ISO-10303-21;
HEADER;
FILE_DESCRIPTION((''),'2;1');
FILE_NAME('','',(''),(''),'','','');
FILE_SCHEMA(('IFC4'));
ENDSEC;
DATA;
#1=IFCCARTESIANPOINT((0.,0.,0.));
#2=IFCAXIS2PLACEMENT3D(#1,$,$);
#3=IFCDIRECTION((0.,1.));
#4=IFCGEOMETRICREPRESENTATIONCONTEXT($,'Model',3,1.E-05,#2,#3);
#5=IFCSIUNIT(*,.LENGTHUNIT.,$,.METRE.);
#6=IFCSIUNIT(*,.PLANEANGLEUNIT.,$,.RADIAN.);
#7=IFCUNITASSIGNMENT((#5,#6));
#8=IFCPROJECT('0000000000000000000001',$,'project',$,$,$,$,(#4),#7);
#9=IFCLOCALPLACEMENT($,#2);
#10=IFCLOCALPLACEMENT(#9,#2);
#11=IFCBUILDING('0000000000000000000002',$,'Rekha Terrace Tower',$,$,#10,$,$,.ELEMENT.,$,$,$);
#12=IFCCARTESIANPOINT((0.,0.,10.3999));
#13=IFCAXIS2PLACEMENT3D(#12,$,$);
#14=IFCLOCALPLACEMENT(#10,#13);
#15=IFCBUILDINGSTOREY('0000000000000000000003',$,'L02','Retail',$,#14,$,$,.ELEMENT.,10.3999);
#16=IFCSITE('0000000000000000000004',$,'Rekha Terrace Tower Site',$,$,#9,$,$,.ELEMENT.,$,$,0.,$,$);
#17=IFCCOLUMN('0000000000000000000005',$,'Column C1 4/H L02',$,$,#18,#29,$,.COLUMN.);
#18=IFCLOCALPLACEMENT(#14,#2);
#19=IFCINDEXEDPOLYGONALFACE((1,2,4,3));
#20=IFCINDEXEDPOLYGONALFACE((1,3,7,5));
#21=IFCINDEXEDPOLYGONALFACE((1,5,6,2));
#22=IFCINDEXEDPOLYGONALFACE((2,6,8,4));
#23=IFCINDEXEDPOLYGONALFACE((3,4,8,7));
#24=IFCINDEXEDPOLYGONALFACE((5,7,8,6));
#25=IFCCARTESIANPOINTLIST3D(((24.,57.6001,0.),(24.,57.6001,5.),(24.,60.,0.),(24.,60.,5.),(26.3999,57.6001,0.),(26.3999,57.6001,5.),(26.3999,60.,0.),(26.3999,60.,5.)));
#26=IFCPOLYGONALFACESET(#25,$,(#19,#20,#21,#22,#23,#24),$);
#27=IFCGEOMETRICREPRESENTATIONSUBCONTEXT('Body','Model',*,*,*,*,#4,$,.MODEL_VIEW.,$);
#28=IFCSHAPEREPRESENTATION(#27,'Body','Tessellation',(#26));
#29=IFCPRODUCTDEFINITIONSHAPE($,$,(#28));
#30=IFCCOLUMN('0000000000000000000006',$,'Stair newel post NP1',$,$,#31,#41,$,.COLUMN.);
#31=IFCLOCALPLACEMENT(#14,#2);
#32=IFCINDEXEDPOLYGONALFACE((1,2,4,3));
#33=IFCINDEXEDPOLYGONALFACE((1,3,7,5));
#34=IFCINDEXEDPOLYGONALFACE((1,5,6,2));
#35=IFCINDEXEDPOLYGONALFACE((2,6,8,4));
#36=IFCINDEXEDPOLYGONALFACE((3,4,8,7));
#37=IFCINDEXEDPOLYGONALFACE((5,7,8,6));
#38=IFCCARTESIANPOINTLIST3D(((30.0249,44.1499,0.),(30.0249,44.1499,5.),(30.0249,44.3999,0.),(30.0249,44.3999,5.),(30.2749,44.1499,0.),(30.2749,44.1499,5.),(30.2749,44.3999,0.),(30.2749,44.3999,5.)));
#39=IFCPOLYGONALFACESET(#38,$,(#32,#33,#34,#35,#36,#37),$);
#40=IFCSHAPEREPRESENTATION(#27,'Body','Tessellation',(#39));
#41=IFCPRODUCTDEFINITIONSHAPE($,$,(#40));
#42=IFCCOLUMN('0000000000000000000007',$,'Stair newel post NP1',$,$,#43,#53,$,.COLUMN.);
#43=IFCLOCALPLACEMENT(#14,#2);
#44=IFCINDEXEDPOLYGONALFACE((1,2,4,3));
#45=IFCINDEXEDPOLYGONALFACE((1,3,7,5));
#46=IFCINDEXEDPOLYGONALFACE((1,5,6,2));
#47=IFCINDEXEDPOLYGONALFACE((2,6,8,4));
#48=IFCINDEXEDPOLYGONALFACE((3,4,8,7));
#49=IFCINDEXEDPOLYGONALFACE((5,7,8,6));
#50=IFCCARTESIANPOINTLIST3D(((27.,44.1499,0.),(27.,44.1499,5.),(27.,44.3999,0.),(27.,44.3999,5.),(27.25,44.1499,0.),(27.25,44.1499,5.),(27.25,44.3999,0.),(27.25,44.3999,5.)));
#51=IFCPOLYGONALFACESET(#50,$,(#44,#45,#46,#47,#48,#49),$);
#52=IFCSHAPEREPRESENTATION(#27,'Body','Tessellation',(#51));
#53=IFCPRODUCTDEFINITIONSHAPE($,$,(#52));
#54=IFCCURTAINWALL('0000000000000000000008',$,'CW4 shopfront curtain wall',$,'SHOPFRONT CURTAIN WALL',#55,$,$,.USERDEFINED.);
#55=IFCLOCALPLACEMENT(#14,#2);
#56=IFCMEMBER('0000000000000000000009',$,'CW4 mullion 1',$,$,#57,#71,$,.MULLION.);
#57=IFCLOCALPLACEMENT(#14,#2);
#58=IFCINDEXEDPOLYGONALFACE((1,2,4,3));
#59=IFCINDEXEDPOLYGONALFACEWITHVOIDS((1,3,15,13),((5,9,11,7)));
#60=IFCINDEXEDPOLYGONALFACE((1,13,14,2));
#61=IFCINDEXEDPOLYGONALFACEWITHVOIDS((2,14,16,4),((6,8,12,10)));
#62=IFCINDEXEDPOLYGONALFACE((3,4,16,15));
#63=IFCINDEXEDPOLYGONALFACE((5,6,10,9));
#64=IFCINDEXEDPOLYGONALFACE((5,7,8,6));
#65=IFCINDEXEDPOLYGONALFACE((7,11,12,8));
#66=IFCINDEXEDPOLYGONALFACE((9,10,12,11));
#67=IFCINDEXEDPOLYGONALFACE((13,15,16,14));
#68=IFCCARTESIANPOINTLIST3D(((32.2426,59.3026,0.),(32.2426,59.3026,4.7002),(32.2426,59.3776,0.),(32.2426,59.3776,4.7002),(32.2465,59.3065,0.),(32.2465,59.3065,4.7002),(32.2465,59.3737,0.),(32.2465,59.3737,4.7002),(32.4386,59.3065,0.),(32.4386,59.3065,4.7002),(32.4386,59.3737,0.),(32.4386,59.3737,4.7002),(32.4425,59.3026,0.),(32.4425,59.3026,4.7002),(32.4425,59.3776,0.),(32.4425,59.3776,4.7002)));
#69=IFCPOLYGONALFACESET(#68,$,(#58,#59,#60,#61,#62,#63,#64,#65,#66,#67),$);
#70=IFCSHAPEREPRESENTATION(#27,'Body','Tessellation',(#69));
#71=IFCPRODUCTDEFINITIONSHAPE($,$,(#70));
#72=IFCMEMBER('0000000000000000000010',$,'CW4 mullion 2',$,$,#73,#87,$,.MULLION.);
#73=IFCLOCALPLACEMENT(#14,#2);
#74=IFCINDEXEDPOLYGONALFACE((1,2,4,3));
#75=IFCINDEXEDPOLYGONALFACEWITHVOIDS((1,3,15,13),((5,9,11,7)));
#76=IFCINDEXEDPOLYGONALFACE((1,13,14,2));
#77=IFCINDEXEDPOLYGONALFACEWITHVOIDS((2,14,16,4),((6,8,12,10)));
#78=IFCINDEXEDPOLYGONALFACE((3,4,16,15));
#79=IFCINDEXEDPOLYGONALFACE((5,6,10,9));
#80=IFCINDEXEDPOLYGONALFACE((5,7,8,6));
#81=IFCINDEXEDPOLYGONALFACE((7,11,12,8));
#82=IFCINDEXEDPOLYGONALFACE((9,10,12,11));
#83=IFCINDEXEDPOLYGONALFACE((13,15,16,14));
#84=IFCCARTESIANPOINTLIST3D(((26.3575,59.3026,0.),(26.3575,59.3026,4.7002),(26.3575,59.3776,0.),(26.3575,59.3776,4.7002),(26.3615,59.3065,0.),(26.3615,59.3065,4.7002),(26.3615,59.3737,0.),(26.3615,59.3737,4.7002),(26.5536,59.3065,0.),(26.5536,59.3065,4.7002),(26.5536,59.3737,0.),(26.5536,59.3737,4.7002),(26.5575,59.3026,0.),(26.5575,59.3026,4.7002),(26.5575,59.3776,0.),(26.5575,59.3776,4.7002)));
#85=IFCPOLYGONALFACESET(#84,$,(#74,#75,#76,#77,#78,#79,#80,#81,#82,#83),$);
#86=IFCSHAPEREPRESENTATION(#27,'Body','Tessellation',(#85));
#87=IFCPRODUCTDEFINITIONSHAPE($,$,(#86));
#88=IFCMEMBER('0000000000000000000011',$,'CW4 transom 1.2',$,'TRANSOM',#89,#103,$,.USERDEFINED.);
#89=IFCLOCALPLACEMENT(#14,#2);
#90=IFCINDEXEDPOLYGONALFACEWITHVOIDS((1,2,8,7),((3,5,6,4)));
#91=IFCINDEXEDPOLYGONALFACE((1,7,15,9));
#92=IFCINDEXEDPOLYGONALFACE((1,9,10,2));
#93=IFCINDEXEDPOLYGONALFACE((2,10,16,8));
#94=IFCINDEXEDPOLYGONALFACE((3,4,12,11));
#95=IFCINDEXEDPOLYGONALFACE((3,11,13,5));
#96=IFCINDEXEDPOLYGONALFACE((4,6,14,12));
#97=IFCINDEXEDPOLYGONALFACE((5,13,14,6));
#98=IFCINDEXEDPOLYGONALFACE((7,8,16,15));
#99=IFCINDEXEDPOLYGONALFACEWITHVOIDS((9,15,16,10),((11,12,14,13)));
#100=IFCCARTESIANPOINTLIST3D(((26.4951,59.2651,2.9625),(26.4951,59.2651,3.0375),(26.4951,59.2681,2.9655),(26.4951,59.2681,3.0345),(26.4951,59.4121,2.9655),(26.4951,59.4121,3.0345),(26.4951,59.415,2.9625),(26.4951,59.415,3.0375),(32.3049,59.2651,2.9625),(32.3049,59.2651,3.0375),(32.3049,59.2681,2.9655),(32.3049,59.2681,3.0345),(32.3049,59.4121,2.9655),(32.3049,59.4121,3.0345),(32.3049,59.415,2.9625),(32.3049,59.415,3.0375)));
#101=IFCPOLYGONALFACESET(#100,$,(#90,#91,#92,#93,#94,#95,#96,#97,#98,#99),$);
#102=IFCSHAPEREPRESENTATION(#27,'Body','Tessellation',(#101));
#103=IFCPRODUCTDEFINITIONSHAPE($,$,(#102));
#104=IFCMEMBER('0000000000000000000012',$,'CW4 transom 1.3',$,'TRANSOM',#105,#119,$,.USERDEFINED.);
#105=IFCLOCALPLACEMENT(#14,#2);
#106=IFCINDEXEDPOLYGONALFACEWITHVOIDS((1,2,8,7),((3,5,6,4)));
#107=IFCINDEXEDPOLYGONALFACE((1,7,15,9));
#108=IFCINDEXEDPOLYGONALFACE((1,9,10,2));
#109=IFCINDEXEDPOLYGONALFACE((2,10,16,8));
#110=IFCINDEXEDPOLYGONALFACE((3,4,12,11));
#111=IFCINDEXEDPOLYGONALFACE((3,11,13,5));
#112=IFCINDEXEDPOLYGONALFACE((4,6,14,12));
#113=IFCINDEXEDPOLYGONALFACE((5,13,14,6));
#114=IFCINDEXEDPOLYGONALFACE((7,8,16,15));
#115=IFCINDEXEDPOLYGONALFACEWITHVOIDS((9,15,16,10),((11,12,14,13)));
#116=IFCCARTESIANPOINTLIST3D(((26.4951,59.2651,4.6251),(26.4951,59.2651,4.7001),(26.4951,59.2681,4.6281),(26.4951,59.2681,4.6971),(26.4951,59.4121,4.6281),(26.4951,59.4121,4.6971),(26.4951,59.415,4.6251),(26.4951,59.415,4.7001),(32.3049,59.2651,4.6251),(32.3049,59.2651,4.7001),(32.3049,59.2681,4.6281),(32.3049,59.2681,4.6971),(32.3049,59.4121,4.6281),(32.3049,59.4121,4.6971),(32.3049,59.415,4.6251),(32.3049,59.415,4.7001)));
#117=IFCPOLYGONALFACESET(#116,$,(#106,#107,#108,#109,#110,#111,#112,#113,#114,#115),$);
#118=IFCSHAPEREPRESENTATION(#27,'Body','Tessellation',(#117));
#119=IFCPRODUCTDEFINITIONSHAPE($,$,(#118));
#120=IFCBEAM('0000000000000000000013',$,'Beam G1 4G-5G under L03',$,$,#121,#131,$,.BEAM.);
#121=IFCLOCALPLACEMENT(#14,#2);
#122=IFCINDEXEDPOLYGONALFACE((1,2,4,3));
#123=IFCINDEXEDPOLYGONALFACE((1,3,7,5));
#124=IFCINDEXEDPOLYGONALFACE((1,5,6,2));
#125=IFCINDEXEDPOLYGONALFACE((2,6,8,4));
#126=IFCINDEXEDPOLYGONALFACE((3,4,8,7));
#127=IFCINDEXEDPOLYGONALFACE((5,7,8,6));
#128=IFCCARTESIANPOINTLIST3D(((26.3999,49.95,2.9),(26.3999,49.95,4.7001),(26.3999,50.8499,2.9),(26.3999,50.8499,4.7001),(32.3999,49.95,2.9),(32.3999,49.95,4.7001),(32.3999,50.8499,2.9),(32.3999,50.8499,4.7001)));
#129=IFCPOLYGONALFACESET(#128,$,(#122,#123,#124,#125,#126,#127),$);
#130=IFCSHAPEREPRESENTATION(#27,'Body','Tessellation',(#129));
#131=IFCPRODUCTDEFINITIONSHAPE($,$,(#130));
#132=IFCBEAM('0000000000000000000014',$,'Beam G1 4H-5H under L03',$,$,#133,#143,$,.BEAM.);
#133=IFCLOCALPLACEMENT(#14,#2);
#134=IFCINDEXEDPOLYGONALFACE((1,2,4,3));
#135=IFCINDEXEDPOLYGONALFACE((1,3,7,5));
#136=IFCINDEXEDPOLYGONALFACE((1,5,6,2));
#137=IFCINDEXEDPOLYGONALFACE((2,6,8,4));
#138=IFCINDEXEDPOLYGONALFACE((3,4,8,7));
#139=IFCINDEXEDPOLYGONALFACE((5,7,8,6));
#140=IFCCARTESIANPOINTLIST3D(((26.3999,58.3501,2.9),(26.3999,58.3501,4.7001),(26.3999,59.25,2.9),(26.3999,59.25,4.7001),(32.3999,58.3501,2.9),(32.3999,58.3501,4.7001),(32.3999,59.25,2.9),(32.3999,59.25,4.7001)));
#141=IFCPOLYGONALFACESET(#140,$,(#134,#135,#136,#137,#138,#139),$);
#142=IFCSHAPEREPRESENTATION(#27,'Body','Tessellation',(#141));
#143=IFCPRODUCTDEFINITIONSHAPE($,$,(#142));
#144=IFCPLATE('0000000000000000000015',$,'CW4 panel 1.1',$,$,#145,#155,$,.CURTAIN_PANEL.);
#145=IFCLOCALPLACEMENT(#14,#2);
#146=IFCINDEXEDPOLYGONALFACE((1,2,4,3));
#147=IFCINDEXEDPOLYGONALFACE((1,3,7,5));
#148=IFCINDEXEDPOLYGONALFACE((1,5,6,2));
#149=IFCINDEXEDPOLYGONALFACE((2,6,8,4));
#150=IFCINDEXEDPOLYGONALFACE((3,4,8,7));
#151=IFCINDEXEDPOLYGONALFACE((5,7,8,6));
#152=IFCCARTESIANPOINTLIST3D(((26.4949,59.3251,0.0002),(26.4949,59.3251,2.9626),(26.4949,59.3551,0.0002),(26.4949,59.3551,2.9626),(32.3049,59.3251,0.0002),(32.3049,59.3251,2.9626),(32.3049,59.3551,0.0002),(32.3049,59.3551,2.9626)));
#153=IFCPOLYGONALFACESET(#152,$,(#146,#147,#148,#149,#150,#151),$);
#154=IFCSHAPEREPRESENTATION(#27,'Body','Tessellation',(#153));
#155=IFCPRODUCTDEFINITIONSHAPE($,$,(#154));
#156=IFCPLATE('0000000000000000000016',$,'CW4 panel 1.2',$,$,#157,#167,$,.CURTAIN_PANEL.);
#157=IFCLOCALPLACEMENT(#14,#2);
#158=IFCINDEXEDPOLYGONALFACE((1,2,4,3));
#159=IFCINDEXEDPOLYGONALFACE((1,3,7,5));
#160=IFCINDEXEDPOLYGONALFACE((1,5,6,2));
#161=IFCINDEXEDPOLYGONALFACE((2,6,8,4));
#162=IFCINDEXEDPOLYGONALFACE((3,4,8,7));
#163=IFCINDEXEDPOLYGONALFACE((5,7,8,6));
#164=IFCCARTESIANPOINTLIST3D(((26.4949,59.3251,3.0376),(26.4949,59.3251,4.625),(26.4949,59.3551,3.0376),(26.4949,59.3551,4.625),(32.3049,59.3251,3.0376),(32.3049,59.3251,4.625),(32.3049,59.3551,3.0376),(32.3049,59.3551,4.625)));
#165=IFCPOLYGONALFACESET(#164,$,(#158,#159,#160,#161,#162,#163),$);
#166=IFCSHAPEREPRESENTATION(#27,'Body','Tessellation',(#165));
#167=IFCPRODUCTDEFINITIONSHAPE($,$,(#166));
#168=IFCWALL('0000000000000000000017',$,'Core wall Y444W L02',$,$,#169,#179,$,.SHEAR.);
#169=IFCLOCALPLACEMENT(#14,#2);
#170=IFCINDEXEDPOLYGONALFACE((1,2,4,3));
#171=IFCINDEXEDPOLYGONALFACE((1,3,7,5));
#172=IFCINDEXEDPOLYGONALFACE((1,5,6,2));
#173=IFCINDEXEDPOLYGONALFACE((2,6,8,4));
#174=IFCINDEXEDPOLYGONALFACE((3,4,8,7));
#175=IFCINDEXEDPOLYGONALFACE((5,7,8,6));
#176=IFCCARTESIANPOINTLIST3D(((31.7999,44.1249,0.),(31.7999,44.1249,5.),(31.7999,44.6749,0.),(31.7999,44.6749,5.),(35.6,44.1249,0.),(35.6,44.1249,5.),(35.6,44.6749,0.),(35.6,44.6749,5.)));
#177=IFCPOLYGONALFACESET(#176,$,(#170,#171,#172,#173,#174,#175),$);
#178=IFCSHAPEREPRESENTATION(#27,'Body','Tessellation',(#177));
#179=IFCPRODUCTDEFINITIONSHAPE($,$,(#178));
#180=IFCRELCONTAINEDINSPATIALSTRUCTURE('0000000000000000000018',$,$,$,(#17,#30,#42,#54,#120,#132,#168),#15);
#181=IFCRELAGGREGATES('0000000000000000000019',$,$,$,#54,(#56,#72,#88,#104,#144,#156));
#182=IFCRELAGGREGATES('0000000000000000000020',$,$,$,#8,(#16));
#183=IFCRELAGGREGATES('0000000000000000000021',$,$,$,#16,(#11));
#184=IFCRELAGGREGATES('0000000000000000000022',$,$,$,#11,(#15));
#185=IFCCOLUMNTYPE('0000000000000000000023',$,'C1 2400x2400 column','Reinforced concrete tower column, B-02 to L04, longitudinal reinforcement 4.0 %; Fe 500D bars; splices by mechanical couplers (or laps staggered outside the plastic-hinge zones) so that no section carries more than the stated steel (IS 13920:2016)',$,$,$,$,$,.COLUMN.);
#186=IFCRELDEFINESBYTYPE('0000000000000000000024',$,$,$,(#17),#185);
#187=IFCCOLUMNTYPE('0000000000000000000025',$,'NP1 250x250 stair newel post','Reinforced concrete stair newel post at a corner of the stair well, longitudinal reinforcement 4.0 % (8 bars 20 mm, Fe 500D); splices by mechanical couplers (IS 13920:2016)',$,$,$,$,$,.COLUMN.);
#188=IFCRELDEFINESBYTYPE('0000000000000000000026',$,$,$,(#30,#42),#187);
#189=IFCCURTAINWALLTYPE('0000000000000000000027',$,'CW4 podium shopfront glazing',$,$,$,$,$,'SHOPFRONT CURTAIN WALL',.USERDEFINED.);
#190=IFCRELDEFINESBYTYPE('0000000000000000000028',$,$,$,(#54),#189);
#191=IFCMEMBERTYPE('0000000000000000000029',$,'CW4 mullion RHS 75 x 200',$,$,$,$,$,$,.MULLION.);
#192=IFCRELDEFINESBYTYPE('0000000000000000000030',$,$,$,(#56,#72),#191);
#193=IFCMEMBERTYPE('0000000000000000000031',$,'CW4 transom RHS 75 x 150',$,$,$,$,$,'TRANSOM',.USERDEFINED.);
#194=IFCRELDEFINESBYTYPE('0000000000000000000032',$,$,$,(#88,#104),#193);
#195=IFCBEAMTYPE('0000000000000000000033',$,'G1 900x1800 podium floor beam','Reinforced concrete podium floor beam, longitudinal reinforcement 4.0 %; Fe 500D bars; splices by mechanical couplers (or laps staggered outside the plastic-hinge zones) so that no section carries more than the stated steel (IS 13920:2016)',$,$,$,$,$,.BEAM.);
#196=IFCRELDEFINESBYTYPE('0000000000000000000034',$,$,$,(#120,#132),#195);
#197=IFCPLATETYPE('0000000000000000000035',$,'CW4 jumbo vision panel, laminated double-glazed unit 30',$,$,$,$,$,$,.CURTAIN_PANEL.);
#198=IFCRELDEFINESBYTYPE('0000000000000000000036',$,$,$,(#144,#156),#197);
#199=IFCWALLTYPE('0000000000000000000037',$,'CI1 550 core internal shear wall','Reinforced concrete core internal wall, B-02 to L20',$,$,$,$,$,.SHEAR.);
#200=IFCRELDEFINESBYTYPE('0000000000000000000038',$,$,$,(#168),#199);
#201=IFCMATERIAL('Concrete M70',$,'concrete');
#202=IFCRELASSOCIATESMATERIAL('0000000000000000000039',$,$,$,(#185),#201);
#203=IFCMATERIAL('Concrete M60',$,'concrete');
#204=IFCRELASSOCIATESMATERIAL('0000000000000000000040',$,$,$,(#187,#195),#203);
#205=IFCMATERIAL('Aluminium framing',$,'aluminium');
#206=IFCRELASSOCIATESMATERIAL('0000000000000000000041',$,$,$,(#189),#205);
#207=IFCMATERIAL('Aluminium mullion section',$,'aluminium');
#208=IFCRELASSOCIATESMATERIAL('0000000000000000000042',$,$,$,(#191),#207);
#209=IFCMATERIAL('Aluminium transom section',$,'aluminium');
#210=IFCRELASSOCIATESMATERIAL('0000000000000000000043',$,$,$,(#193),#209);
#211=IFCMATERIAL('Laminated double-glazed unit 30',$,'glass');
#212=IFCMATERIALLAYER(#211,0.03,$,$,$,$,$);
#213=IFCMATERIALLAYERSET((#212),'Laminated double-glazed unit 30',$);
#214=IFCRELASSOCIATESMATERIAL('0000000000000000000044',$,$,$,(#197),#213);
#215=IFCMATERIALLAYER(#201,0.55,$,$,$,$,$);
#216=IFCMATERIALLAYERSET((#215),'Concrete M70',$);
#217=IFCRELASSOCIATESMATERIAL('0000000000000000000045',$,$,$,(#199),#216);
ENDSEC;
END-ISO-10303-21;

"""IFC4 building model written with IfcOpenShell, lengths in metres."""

from ifc_helpers import new_model, si_unit, direction, frame, frame_2d, origin, origin_2d, place, context, subcontext, project, spatial, rectangle, hollow_rectangle, extrude, material, layer, layer_set, material_profile, profile_set, type_object, element, aggregate, save


model = new_model("IFC4")

# Units and contexts
model_context = context("Model", 3, precision=1e-05, world=origin(), true_north=direction((0.0, 1.0)))
body_context = subcontext(model_context, "Body", "Model", "MODEL_VIEW")
ifc_project = project(units=[si_unit("LENGTHUNIT", "METRE"), si_unit("PLANEANGLEUNIT", "RADIAN")], contexts=[model_context])

# Site, building, storey
site_placement = place(None, origin())
site = spatial("IfcSite", under=ifc_project, at=site_placement, Name="Rekha Terrace Tower Site", CompositionType="ELEMENT", RefElevation=0.0)
building_placement = place(site_placement, origin())
building = spatial("IfcBuilding", under=site, at=building_placement, Name="Rekha Terrace Tower", CompositionType="ELEMENT")
storey_placement = place(building_placement, frame((0.0, 0.0, 10.3999)))
storey = spatial("IfcBuildingStorey", under=building, at=storey_placement, Name="L02", Description="Retail", CompositionType="ELEMENT", Elevation=10.3999)

# Columns
ifc_material_1 = material(Name="Concrete M70", Category="concrete")
ifc_material_profile_1 = material_profile(ifc_material_1, rectangle(XDim=2.3999, YDim=2.3999, at=origin_2d()), Name="RC 2400x2400")
ifc_profile_set_1 = profile_set([ifc_material_profile_1], Name="Concrete M70")
column_type_1 = type_object("IfcColumnType", Name="C1 2400x2400 column", Description="Reinforced concrete tower column, B-02 to L04, longitudinal reinforcement 4.0 %; Fe 500D bars; splices by mechanical couplers (or laps staggered outside the plastic-hinge zones) so that no section carries more than the stated steel (IS 13920:2016)", PredefinedType="COLUMN", material=ifc_profile_set_1)
column_placement = place(storey_placement, frame((25.2, 58.8, 0.0), z_axis=(0.0, 0.0, 1.0), x_axis=(1.0, 0.0, 0.0)))
element("IfcColumn", 1, at=column_placement, inside=storey, type_object=column_type_1, Name="Column C1 4/H L02", PredefinedType="COLUMN", context=body_context, shape_type="SweptSolid", body=[
    extrude(rectangle(XDim=2.3999, YDim=2.3999, at=origin_2d()), origin(), (0.0, 0.0, 1.0), 5.0),
])
ifc_material_2 = material(Name="Concrete M60", Category="concrete")
ifc_material_profile_2 = material_profile(ifc_material_2, rectangle(XDim=0.25, YDim=0.25, at=origin_2d()), Name="RC 250x250")
ifc_profile_set_2 = profile_set([ifc_material_profile_2], Name="Concrete M60")
column_type_2 = type_object("IfcColumnType", Name="NP1 250x250 stair newel post", Description="Reinforced concrete stair newel post at a corner of the stair well, longitudinal reinforcement 4.0 % (8 bars 20 mm, Fe 500D); splices by mechanical couplers (IS 13920:2016)", PredefinedType="COLUMN", material=ifc_profile_set_2)
for number, where, z_axis, x_axis, name in (
    (2, (30.1499, 44.2749, 0.0), (0.0, 0.0, 1.0), (1.0, 0.0, 0.0), "Stair newel post NP1"),
    (3, (27.125, 44.2749, 0.0), (0.0, 0.0, 1.0), (1.0, 0.0, 0.0), "Stair newel post NP1"),
):
    element("IfcColumn", number, at=place(storey_placement, frame(where, z_axis=z_axis, x_axis=x_axis)), inside=storey, type_object=column_type_2, Name=name, PredefinedType="COLUMN", context=body_context, shape_type="SweptSolid", body=[
        extrude(rectangle(XDim=0.25, YDim=0.25, at=origin_2d()), origin(), (0.0, 0.0, 1.0), 5.0),
    ])

# Curtain wall, members
ifc_material_3 = material(Name="Aluminium framing", Category="aluminium")
curtain_wall_type = type_object("IfcCurtainWallType", Name="CW4 podium shopfront glazing", ElementType="SHOPFRONT CURTAIN WALL", PredefinedType="USERDEFINED", material=ifc_material_3)
curtain_wall_placement = place(storey_placement, origin())
curtain_wall = element("IfcCurtainWall", 4, at=curtain_wall_placement, inside=storey, type_object=curtain_wall_type, Name="CW4 shopfront curtain wall", ObjectType="SHOPFRONT CURTAIN WALL", PredefinedType="USERDEFINED")
ifc_material_4 = material(Name="Aluminium mullion section", Category="aluminium")
ifc_material_profile_3 = material_profile(ifc_material_4, hollow_rectangle(XDim=0.075, YDim=0.2, WallThickness=0.0039, at=origin_2d()), Name="AL RHS 75x200")
ifc_profile_set_3 = profile_set([ifc_material_profile_3], Name="Aluminium mullion section")
member_type_1 = type_object("IfcMemberType", Name="CW4 mullion RHS 75 x 200", PredefinedType="MULLION", material=ifc_profile_set_3)
member_1_placement = place(storey_placement, frame((32.3425, 59.3401, 0.0), z_axis=(0.0, 0.0, 1.0), x_axis=(0.0, -1.0, 0.0)))
member_1 = element("IfcMember", 5, at=member_1_placement, type_object=member_type_1, Name="CW4 mullion 1", PredefinedType="MULLION", context=body_context, shape_type="SweptSolid", body=[
    extrude(hollow_rectangle(XDim=0.075, YDim=0.2, WallThickness=0.0039, at=origin_2d()), origin(), (0.0, 0.0, 1.0), 4.7002),
])
member_2_placement = place(storey_placement, frame((26.4575, 59.3401, 0.0), z_axis=(0.0, 0.0, 1.0), x_axis=(0.0, -1.0, 0.0)))
member_2 = element("IfcMember", 6, at=member_2_placement, type_object=member_type_1, Name="CW4 mullion 2", PredefinedType="MULLION", context=body_context, shape_type="SweptSolid", body=[
    extrude(hollow_rectangle(XDim=0.075, YDim=0.2, WallThickness=0.0039, at=origin_2d()), origin(), (0.0, 0.0, 1.0), 4.7002),
])
ifc_material_5 = material(Name="Aluminium transom section", Category="aluminium")
ifc_material_profile_4 = material_profile(ifc_material_5, hollow_rectangle(XDim=0.1499, YDim=0.075, WallThickness=0.0029, at=origin_2d()), Name="AL RHS 150x75")
ifc_profile_set_4 = profile_set([ifc_material_profile_4], Name="Aluminium transom section")
member_type_2 = type_object("IfcMemberType", Name="CW4 transom RHS 75 x 150", ElementType="TRANSOM", PredefinedType="USERDEFINED", material=ifc_profile_set_4)
member_3_placement = place(storey_placement, frame((32.3049, 59.3401, 3.0), z_axis=(-1.0, 0.0, 0.0), x_axis=(0.0, -1.0, 0.0)))
member_3 = element("IfcMember", 7, at=member_3_placement, type_object=member_type_2, Name="CW4 transom 1.2", ObjectType="TRANSOM", PredefinedType="USERDEFINED", context=body_context, shape_type="SweptSolid", body=[
    extrude(hollow_rectangle(XDim=0.1499, YDim=0.075, WallThickness=0.0029, at=origin_2d()), origin(), (0.0, 0.0, 1.0), 5.8098),
])
member_4_placement = place(storey_placement, frame((32.3049, 59.3401, 4.6626), z_axis=(-1.0, 0.0, 0.0), x_axis=(0.0, -1.0, 0.0)))
member_4 = element("IfcMember", 8, at=member_4_placement, type_object=member_type_2, Name="CW4 transom 1.3", ObjectType="TRANSOM", PredefinedType="USERDEFINED", context=body_context, shape_type="SweptSolid", body=[
    extrude(hollow_rectangle(XDim=0.1499, YDim=0.075, WallThickness=0.0029, at=origin_2d()), origin(), (0.0, 0.0, 1.0), 5.8098),
])

# Beams
ifc_material_profile_5 = material_profile(ifc_material_2, rectangle(XDim=0.8999, YDim=1.8, at=origin_2d()), Name="RC 900x1800")
ifc_profile_set_5 = profile_set([ifc_material_profile_5], Name="Concrete M60")
beam_type = type_object("IfcBeamType", Name="G1 900x1800 podium floor beam", Description="Reinforced concrete podium floor beam, longitudinal reinforcement 4.0 %; Fe 500D bars; splices by mechanical couplers (or laps staggered outside the plastic-hinge zones) so that no section carries more than the stated steel (IS 13920:2016)", PredefinedType="BEAM", material=ifc_profile_set_5)
for number, where, z_axis, x_axis, name in (
    (9, (26.3999, 50.3999, 3.8), (1.0, 0.0, 0.0), (0.0, 1.0, 0.0), "Beam G1 4G-5G under L03"),
    (10, (26.3999, 58.8, 3.8), (1.0, 0.0, 0.0), (0.0, 1.0, 0.0), "Beam G1 4H-5H under L03"),
):
    element("IfcBeam", number, at=place(storey_placement, frame(where, z_axis=z_axis, x_axis=x_axis)), inside=storey, type_object=beam_type, Name=name, PredefinedType="BEAM", context=body_context, shape_type="SweptSolid", body=[
        extrude(rectangle(XDim=0.8999, YDim=1.8, at=origin_2d()), origin(), (0.0, 0.0, 1.0), 6.0),
    ])

# Plates
ifc_material_6 = material(Name="Laminated double-glazed unit 30", Category="glass")
ifc_layer_1 = layer(ifc_material_6, 0.03)
ifc_layer_set_1 = layer_set([ifc_layer_1], Name="Laminated double-glazed unit 30")
plate_type = type_object("IfcPlateType", Name="CW4 jumbo vision panel, laminated double-glazed unit 30", PredefinedType="CURTAIN_PANEL", material=ifc_layer_set_1)
plate_1_placement = place(storey_placement, frame((29.3999, 59.3401, 0.0002), z_axis=(0.0, 0.0, 1.0), x_axis=(-1.0, 0.0, 0.0)))
plate_1 = element("IfcPlate", 11, at=plate_1_placement, type_object=plate_type, Name="CW4 panel 1.1", PredefinedType="CURTAIN_PANEL", context=body_context, shape_type="SweptSolid", body=[
    extrude(rectangle(XDim=5.8101, YDim=0.03, at=origin_2d()), origin(), (0.0, 0.0, 1.0), 2.9624),
])
plate_2_placement = place(storey_placement, frame((29.3999, 59.3401, 3.0376), z_axis=(0.0, 0.0, 1.0), x_axis=(-1.0, 0.0, 0.0)))
plate_2 = element("IfcPlate", 12, at=plate_2_placement, type_object=plate_type, Name="CW4 panel 1.2", PredefinedType="CURTAIN_PANEL", context=body_context, shape_type="SweptSolid", body=[
    extrude(rectangle(XDim=5.8101, YDim=0.03, at=origin_2d()), origin(), (0.0, 0.0, 1.0), 1.5874),
])
aggregate(curtain_wall, [member_1, member_2, member_3, member_4, plate_1, plate_2])

# Wall
ifc_layer_2 = layer(ifc_material_1, 0.55)
ifc_layer_set_2 = layer_set([ifc_layer_2], Name="Concrete M70")
wall_type_1 = type_object("IfcWallType", Name="CI1 550 core internal shear wall", Description="Reinforced concrete core internal wall, B-02 to L20", PredefinedType="SHEAR", material=ifc_layer_set_2)
wall_1_placement = place(storey_placement, frame((31.8, 44.3999, 0.0), z_axis=(0.0, 0.0, 1.0), x_axis=(1.0, 0.0, 0.0)))
element("IfcWall", 13, at=wall_1_placement, inside=storey, type_object=wall_type_1, Name="Core wall Y444W L02", PredefinedType="SHEAR", context=body_context, shape_type="SweptSolid", body=[
    extrude(rectangle(XDim=3.8, YDim=0.55, at=frame_2d((1.8999, 0.0))), origin(), (0.0, 0.0, 1.0), 5.0),
])

save(model, "model.ifc")
